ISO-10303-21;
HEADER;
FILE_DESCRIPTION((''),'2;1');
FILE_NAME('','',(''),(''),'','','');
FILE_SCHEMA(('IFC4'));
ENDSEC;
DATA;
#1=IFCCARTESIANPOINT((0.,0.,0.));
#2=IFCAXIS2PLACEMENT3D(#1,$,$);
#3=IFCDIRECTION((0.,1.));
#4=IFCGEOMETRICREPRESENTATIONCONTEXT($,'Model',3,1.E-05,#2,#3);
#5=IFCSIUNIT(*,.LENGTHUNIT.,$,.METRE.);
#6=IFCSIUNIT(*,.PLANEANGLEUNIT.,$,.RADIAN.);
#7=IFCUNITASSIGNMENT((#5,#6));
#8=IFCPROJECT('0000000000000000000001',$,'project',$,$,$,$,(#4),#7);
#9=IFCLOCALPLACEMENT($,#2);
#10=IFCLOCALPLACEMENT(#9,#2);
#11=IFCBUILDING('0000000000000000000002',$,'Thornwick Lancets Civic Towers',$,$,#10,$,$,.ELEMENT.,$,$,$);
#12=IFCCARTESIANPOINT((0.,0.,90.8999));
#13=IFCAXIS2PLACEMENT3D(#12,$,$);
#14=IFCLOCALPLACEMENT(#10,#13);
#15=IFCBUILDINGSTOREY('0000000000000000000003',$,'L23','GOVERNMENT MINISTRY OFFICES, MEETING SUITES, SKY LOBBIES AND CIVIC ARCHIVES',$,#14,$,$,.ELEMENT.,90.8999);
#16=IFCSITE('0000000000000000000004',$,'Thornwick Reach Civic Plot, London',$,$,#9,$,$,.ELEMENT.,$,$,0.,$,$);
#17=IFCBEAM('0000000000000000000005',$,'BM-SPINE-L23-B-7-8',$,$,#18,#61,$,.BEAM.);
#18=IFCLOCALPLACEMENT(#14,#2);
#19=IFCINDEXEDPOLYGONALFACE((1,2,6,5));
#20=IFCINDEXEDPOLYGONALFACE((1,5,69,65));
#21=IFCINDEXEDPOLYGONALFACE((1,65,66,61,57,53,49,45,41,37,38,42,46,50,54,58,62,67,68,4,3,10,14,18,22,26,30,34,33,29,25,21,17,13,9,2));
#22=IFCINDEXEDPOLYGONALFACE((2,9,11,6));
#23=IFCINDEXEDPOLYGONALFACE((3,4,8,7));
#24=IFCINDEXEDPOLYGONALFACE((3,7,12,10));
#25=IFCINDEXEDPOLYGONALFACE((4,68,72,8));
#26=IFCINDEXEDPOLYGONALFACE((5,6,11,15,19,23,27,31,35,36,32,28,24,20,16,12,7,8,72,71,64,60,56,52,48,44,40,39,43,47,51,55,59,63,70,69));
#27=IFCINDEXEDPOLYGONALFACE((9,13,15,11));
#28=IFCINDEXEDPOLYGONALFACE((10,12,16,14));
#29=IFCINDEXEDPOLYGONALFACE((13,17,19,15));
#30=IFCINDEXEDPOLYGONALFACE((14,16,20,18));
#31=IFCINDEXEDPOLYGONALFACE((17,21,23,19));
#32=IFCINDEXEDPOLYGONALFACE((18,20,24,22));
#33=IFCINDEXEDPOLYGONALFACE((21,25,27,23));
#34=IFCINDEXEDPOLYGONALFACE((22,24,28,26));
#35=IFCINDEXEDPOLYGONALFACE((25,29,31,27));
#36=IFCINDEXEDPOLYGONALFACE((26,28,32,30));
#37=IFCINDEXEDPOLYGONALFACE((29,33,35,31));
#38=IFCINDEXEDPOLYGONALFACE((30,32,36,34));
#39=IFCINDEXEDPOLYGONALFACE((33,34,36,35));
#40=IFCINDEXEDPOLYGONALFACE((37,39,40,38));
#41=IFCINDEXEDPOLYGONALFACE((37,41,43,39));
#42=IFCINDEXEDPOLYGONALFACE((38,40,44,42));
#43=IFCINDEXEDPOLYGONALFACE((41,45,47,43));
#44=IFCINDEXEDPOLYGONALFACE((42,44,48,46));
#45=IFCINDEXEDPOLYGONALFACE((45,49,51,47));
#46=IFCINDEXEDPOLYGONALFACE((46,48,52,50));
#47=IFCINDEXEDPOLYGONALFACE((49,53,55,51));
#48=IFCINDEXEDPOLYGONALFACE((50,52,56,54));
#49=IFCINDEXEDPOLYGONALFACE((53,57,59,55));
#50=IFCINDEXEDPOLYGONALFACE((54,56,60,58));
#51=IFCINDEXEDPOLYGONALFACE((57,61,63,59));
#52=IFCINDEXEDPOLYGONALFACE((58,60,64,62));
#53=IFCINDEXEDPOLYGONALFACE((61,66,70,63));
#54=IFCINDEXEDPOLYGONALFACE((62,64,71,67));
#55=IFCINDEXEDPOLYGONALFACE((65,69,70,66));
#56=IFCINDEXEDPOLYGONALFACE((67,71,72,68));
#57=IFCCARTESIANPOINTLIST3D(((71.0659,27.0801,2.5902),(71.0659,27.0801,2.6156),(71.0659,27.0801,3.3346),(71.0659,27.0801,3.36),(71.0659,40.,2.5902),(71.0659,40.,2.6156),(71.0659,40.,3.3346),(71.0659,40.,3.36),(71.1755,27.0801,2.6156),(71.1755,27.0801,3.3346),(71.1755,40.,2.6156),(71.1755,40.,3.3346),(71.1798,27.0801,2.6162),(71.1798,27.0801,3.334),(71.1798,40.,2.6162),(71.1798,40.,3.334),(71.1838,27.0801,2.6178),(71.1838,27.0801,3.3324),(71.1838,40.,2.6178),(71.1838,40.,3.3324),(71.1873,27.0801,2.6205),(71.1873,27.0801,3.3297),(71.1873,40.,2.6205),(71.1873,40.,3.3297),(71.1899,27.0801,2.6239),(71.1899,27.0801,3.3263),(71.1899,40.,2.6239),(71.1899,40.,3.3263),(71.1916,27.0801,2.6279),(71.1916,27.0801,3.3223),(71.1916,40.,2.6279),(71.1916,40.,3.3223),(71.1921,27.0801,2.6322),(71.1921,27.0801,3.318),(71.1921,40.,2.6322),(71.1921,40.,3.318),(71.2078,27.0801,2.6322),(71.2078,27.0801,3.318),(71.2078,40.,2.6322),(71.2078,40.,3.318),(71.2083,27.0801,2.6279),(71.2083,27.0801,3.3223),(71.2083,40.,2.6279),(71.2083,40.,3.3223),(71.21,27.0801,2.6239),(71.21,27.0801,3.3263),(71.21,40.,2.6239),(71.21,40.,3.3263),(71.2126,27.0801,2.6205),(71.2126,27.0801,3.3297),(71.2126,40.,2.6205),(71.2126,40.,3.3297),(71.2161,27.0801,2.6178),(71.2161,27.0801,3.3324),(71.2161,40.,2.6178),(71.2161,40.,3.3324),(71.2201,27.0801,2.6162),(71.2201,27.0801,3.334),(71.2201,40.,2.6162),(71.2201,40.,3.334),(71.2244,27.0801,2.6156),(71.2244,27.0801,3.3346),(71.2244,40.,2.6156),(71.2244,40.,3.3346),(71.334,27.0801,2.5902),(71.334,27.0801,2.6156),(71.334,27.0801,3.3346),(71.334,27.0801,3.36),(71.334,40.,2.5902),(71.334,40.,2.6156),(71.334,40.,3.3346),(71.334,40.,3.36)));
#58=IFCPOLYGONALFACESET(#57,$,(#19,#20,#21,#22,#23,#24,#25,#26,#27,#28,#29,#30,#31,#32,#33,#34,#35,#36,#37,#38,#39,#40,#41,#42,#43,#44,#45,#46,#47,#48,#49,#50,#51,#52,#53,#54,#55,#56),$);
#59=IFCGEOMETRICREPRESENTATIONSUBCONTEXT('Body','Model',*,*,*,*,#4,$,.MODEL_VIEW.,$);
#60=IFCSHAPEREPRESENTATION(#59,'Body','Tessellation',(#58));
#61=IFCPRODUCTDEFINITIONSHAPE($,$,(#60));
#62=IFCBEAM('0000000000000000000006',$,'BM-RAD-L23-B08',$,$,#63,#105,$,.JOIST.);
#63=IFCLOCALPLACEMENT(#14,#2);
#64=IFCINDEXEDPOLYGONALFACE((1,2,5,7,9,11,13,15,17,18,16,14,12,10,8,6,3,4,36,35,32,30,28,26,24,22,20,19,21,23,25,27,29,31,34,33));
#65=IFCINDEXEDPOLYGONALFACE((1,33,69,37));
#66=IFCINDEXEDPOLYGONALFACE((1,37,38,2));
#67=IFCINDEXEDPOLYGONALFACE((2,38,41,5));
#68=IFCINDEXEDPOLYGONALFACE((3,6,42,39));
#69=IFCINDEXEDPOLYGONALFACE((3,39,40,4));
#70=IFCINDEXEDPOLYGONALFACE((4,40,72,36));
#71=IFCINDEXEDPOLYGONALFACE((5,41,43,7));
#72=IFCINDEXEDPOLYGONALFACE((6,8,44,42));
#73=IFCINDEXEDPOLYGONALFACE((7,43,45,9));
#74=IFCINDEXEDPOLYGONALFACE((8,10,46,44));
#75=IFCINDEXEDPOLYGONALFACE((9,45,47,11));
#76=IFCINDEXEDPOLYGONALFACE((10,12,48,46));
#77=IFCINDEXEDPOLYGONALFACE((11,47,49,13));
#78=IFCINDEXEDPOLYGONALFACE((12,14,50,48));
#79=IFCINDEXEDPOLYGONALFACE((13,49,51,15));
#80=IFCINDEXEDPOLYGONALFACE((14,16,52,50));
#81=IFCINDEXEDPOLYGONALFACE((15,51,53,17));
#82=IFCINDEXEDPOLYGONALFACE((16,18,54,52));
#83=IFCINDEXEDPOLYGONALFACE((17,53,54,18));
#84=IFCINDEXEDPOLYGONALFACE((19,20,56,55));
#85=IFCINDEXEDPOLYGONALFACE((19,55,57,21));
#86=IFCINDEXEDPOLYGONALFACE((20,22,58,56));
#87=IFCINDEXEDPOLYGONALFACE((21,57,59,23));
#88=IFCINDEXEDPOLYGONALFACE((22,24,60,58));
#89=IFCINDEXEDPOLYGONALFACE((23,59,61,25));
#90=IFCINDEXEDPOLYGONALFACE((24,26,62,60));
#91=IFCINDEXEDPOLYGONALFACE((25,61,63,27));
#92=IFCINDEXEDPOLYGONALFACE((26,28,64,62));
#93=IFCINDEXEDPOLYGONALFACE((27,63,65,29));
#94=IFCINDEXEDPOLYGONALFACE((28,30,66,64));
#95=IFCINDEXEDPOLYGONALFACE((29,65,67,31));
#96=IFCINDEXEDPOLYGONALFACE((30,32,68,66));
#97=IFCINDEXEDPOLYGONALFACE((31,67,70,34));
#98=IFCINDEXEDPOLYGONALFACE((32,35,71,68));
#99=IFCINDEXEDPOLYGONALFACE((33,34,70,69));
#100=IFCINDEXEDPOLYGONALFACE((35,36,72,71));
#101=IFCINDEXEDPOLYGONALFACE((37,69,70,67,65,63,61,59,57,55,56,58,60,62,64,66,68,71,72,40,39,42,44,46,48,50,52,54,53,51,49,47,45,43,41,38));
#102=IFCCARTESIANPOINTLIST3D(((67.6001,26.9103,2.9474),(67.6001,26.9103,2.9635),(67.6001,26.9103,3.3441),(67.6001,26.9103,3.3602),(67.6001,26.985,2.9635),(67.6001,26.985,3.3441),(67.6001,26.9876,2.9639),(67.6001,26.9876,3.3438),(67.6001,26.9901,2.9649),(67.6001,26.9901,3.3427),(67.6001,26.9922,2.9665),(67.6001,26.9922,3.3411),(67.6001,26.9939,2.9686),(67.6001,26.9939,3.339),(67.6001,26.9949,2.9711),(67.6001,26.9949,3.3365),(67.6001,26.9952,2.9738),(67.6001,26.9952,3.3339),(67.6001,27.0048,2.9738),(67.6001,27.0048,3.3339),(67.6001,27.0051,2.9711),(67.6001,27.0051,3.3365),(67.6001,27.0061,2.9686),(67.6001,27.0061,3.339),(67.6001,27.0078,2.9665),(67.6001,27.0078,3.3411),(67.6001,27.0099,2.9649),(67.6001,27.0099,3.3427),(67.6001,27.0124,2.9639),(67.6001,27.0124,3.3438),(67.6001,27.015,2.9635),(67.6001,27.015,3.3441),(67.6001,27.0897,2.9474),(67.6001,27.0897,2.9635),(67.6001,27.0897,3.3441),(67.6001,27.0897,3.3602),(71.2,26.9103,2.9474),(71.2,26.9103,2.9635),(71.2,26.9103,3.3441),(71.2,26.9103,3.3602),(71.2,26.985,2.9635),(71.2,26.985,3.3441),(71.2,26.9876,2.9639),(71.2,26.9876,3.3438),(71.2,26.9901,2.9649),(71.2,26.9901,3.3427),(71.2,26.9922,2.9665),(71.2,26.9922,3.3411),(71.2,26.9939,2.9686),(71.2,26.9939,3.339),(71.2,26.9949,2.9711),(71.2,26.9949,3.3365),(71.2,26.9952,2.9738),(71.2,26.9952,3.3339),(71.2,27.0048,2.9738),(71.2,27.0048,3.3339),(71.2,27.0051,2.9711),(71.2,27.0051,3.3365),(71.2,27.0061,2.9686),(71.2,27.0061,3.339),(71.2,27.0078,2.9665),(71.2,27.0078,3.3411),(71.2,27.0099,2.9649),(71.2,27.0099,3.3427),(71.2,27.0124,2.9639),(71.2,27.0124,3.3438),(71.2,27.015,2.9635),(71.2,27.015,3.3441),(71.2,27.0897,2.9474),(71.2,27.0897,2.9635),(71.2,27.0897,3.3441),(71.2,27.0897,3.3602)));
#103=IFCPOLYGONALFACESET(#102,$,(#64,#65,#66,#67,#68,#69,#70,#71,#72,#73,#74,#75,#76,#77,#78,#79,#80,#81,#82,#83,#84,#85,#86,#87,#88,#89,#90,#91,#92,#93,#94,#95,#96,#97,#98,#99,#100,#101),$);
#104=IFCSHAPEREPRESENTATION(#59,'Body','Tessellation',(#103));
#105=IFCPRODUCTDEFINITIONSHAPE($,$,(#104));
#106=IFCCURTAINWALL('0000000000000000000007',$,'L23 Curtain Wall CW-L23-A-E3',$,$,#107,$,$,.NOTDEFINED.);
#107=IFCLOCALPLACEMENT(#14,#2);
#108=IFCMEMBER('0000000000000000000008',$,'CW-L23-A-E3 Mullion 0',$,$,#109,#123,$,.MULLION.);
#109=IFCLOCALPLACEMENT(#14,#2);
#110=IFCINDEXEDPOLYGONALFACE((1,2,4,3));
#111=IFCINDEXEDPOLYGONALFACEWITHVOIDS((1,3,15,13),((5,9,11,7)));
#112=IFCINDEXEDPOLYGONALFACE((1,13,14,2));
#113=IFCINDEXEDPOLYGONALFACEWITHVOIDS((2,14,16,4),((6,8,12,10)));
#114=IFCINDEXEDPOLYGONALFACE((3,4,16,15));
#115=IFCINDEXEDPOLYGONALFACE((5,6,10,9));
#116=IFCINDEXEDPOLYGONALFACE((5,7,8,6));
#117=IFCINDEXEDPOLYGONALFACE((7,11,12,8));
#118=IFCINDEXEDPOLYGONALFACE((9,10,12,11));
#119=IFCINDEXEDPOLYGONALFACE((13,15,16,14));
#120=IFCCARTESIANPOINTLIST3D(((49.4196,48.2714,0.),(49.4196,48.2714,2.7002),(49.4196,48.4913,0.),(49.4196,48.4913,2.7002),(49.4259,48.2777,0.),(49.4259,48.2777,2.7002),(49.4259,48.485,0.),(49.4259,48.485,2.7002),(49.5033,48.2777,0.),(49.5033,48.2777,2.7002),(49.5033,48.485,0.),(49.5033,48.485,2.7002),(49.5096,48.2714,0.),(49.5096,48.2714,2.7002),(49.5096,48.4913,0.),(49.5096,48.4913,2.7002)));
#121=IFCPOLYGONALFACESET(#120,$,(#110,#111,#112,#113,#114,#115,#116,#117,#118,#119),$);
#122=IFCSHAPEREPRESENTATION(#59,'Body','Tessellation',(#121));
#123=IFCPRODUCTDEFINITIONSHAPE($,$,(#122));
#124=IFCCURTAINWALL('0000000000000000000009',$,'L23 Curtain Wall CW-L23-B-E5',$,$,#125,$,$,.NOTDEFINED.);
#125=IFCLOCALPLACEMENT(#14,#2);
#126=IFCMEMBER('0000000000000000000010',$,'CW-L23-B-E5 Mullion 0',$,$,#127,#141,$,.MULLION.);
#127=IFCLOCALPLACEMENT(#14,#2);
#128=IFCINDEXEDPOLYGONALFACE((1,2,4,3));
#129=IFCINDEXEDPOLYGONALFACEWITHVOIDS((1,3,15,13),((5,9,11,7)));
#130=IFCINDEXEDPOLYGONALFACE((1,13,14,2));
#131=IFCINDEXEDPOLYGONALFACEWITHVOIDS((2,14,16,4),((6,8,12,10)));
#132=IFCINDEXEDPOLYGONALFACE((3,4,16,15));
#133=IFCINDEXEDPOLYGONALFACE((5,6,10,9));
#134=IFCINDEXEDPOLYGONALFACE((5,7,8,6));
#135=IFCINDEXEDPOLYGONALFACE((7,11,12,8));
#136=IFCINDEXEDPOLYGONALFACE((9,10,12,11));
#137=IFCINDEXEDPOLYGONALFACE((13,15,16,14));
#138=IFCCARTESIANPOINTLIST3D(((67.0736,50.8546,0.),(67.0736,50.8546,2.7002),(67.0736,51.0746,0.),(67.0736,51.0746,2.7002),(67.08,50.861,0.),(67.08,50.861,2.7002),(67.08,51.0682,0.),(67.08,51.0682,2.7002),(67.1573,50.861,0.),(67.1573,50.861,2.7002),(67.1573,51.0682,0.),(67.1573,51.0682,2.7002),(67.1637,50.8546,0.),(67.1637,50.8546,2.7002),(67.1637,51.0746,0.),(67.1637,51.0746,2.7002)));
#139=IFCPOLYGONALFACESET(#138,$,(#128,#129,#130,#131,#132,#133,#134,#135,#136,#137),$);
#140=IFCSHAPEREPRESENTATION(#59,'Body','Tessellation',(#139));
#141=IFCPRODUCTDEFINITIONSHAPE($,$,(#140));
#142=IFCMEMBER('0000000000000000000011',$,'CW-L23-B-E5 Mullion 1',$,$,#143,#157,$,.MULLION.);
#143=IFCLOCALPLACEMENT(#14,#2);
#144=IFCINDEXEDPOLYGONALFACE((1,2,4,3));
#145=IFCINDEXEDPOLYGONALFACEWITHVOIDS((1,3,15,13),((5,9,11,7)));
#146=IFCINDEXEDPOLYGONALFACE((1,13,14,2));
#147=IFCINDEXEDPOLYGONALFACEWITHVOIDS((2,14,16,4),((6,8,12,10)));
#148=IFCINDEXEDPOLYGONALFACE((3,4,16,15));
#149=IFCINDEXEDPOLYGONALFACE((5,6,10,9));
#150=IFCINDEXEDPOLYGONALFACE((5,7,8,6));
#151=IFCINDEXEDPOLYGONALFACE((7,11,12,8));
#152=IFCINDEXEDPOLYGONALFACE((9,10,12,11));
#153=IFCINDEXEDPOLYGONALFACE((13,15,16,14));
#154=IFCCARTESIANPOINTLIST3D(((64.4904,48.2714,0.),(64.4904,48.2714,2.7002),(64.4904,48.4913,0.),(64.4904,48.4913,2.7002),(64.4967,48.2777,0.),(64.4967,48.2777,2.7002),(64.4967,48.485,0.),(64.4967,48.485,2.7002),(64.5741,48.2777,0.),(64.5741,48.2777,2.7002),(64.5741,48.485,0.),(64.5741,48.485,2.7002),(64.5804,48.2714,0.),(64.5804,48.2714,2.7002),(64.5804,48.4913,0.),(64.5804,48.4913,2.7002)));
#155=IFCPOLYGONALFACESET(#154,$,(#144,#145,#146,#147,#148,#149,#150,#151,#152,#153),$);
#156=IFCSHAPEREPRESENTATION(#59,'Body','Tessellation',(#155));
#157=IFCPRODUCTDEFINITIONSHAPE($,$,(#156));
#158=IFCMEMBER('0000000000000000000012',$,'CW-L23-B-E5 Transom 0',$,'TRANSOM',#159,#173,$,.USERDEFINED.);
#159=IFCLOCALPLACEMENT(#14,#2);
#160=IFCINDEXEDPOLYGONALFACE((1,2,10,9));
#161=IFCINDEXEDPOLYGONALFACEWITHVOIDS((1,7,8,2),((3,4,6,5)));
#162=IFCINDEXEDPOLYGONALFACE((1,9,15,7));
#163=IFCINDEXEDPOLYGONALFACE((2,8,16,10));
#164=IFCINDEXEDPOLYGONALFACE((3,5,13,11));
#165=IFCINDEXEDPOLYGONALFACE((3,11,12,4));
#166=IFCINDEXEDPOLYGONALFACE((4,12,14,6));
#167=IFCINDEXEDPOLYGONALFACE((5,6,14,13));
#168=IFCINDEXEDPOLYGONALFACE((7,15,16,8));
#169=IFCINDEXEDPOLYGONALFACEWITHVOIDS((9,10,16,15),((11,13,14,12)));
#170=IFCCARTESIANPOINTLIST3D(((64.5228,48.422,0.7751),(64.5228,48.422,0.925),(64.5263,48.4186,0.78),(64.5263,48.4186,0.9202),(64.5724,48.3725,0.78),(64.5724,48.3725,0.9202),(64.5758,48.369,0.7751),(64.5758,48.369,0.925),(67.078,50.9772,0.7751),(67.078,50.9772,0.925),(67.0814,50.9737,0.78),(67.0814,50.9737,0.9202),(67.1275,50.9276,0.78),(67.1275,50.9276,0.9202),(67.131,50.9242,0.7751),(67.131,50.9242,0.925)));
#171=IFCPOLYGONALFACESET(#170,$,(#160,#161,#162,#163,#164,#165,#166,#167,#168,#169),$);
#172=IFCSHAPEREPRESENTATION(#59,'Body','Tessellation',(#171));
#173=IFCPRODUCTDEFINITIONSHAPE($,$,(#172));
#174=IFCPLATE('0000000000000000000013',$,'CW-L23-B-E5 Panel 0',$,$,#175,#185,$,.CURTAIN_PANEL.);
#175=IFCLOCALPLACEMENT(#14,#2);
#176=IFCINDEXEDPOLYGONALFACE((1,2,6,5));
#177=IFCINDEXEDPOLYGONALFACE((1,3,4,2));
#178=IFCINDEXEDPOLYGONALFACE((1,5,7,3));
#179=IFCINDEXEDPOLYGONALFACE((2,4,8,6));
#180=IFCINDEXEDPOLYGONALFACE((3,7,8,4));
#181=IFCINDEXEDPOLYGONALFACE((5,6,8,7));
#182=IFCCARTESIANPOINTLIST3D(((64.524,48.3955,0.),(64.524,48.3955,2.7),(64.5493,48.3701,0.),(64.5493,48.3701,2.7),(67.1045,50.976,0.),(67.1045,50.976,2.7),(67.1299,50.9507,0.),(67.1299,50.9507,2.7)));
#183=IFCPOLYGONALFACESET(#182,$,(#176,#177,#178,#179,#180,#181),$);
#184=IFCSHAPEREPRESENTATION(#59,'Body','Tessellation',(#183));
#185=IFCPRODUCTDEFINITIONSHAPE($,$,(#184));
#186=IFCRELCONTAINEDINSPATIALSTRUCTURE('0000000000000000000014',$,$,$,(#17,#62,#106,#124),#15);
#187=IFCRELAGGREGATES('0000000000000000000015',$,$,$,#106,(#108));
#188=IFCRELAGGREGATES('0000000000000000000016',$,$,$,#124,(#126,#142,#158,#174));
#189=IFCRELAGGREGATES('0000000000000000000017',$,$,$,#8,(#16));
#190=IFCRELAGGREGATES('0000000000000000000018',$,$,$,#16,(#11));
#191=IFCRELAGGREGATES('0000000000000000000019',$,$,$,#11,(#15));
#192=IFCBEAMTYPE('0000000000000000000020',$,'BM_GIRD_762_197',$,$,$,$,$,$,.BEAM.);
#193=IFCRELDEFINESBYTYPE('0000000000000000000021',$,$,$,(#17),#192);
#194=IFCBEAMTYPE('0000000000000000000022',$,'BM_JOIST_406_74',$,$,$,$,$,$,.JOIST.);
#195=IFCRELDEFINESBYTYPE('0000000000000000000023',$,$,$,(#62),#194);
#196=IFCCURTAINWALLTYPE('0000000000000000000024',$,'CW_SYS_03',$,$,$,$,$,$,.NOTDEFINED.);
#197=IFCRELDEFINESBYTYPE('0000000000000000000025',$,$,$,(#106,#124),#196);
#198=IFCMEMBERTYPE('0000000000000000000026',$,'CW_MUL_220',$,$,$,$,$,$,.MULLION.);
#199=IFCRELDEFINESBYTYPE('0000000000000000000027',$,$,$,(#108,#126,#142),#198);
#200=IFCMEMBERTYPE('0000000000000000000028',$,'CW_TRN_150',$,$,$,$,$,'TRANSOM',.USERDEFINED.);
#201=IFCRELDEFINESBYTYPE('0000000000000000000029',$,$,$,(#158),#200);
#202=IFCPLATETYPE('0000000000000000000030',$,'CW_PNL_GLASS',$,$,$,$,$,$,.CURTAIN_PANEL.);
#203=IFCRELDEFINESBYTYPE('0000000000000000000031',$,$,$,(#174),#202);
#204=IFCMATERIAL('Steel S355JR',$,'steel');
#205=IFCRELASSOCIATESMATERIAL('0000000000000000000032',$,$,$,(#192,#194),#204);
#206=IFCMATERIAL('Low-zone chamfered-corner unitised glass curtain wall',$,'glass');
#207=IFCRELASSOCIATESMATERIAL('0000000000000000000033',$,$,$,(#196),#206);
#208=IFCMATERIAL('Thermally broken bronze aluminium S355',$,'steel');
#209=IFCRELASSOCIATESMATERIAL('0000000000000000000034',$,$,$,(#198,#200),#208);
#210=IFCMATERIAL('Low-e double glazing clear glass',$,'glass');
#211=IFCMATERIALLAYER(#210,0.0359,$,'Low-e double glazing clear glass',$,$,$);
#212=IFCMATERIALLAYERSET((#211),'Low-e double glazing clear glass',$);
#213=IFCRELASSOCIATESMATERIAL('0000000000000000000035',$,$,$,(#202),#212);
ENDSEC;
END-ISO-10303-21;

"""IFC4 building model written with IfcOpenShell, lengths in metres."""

from ifc_helpers import new_model, si_unit, direction, frame, origin, origin_2d, place, context, subcontext, project, spatial, rectangle, hollow_rectangle, i_section, extrude, material, layer, layer_set, material_profile, profile_set, type_object, element, aggregate, save


model = new_model("IFC4")

# Units and contexts
model_context = context("Model", 3, precision=1e-05, world=origin(), true_north=direction((0.0, 1.0)))
body_context = subcontext(model_context, "Body", "Model", "MODEL_VIEW")
ifc_project = project(units=[si_unit("LENGTHUNIT", "METRE"), si_unit("PLANEANGLEUNIT", "RADIAN")], contexts=[model_context])

# Site, building, storey
site_placement = place(None, origin())
site = spatial("IfcSite", under=ifc_project, at=site_placement, Name="Thornwick Reach Civic Plot, London", CompositionType="ELEMENT", RefElevation=0.0)
building_placement = place(site_placement, origin())
building = spatial("IfcBuilding", under=site, at=building_placement, Name="Thornwick Lancets Civic Towers", CompositionType="ELEMENT")
storey_placement = place(building_placement, frame((0.0, 0.0, 90.8999)))
storey = spatial("IfcBuildingStorey", under=building, at=storey_placement, Name="L23", Description="GOVERNMENT MINISTRY OFFICES, MEETING SUITES, SKY LOBBIES AND CIVIC ARCHIVES", CompositionType="ELEMENT", Elevation=90.8999)

# Beams
ifc_material_1 = material(Name="Steel S355JR", Category="steel")
ifc_material_profile_1 = material_profile(ifc_material_1, i_section(OverallWidth=0.2681, OverallDepth=0.7698, WebThickness=0.0156, FlangeThickness=0.0254, FilletRadius=0.0166, at=origin_2d()), Name="UKB 762x267x197")
ifc_profile_set_1 = profile_set([ifc_material_profile_1], Name="Steel S355JR")
beam_type_1 = type_object("IfcBeamType", Name="BM_GIRD_762_197", PredefinedType="BEAM", material=ifc_profile_set_1)
beam_1_placement = place(storey_placement, frame((71.2, 27.0801, 2.9751), z_axis=(0.0, 1.0, 0.0), x_axis=(-1.0, 0.0, 0.0)))
element("IfcBeam", 1, at=beam_1_placement, inside=storey, type_object=beam_type_1, Name="BM-SPINE-L23-B-7-8", PredefinedType="BEAM", context=body_context, shape_type="SweptSolid", body=[
    extrude(i_section(OverallWidth=0.2681, OverallDepth=0.7698, WebThickness=0.0156, FlangeThickness=0.0254, FilletRadius=0.0166, at=origin_2d()), origin(), (0.0, 0.0, 1.0), 12.9199),
])
ifc_material_profile_2 = material_profile(ifc_material_1, i_section(OverallWidth=0.1794, OverallDepth=0.4128, WebThickness=0.0095, FlangeThickness=0.0161, FilletRadius=0.0103, at=origin_2d()), Name="UKB 406x178x74")
ifc_profile_set_2 = profile_set([ifc_material_profile_2], Name="Steel S355JR")
beam_type_2 = type_object("IfcBeamType", Name="BM_JOIST_406_74", PredefinedType="JOIST", material=ifc_profile_set_2)
beam_2_placement = place(storey_placement, frame((71.2, 27.0, 3.1538), z_axis=(-1.0, 0.0, 0.0), x_axis=(0.0, -1.0, 0.0)))
element("IfcBeam", 2, at=beam_2_placement, inside=storey, type_object=beam_type_2, Name="BM-RAD-L23-B08", PredefinedType="JOIST", context=body_context, shape_type="SweptSolid", body=[
    extrude(i_section(OverallWidth=0.1794, OverallDepth=0.4128, WebThickness=0.0095, FlangeThickness=0.0161, FilletRadius=0.0103, at=origin_2d()), origin(), (0.0, 0.0, 1.0), 3.5999),
])

# Curtain wall, member
ifc_material_2 = material(Name="Low-zone chamfered-corner unitised glass curtain wall", Category="glass")
curtain_wall_type = type_object("IfcCurtainWallType", Name="CW_SYS_03", PredefinedType="NOTDEFINED", material=ifc_material_2)
curtain_wall_1_placement = place(storey_placement, origin())
curtain_wall_1 = element("IfcCurtainWall", 3, at=curtain_wall_1_placement, inside=storey, type_object=curtain_wall_type, Name="L23 Curtain Wall CW-L23-A-E3", PredefinedType="NOTDEFINED")
ifc_material_3 = material(Name="Thermally broken bronze aluminium S355", Category="steel")
ifc_material_profile_3 = material_profile(ifc_material_3, hollow_rectangle(XDim=0.0901, YDim=0.22, WallThickness=0.0063, at=origin_2d()), Name="RHS 220x90x6.3")
ifc_profile_set_3 = profile_set([ifc_material_profile_3], Name="Thermally broken bronze aluminium S355")
member_type_1 = type_object("IfcMemberType", Name="CW_MUL_220", PredefinedType="MULLION", material=ifc_profile_set_3)
member_1_placement = place(storey_placement, frame((49.4646, 48.3813, 0.0), z_axis=(0.0, 0.0, 1.0), x_axis=(1.0, 0.0, 0.0)))
member_1 = element("IfcMember", 4, at=member_1_placement, type_object=member_type_1, Name="CW-L23-A-E3 Mullion 0", PredefinedType="MULLION", context=body_context, shape_type="SweptSolid", body=[
    extrude(hollow_rectangle(XDim=0.0901, YDim=0.22, WallThickness=0.0063, at=origin_2d()), origin(), (0.0, 0.0, 1.0), 2.7002),
])
aggregate(curtain_wall_1, [member_1])

# Curtain wall, members, plate
curtain_wall_2_placement = place(storey_placement, origin())
curtain_wall_2 = element("IfcCurtainWall", 5, at=curtain_wall_2_placement, inside=storey, type_object=curtain_wall_type, Name="L23 Curtain Wall CW-L23-B-E5", PredefinedType="NOTDEFINED")
member_2_placement = place(storey_placement, frame((67.1187, 50.9646, 0.0), z_axis=(0.0, 0.0, 1.0), x_axis=(1.0, 0.0, 0.0)))
member_2 = element("IfcMember", 6, at=member_2_placement, type_object=member_type_1, Name="CW-L23-B-E5 Mullion 0", PredefinedType="MULLION", context=body_context, shape_type="SweptSolid", body=[
    extrude(hollow_rectangle(XDim=0.0901, YDim=0.22, WallThickness=0.0063, at=origin_2d()), origin(), (0.0, 0.0, 1.0), 2.7002),
])
member_3_placement = place(storey_placement, frame((64.5354, 48.3813, 0.0), z_axis=(0.0, 0.0, 1.0), x_axis=(1.0, 0.0, 0.0)))
member_3 = element("IfcMember", 7, at=member_3_placement, type_object=member_type_1, Name="CW-L23-B-E5 Mullion 1", PredefinedType="MULLION", context=body_context, shape_type="SweptSolid", body=[
    extrude(hollow_rectangle(XDim=0.0901, YDim=0.22, WallThickness=0.0063, at=origin_2d()), origin(), (0.0, 0.0, 1.0), 2.7002),
])
ifc_material_profile_4 = material_profile(ifc_material_3, hollow_rectangle(XDim=0.075, YDim=0.1499, WallThickness=0.0049, at=origin_2d()), Name="RHS 150x75x5")
ifc_profile_set_4 = profile_set([ifc_material_profile_4], Name="Thermally broken bronze aluminium S355")
member_type_2 = type_object("IfcMemberType", Name="CW_TRN_150", ElementType="TRANSOM", PredefinedType="USERDEFINED", material=ifc_profile_set_4)
member_4_placement = place(storey_placement, frame((67.1045, 50.9507, 0.8501), z_axis=(-0.707107, -0.707107, 0.0), x_axis=(0.707107, -0.707107, 0.0)))
member_4 = element("IfcMember", 8, at=member_4_placement, type_object=member_type_2, Name="CW-L23-B-E5 Transom 0", ObjectType="TRANSOM", PredefinedType="USERDEFINED", context=body_context, shape_type="SweptSolid", body=[
    extrude(hollow_rectangle(XDim=0.075, YDim=0.1499, WallThickness=0.0049, at=origin_2d()), origin(), (0.0, 0.0, 1.0), 3.6135),
])
ifc_material_4 = material(Name="Low-e double glazing clear glass", Category="glass")
ifc_layer_1 = layer(ifc_material_4, 0.0359, Name="Low-e double glazing clear glass")
ifc_layer_set_1 = layer_set([ifc_layer_1], Name="Low-e double glazing clear glass")
plate_type = type_object("IfcPlateType", Name="CW_PNL_GLASS", PredefinedType="CURTAIN_PANEL", material=ifc_layer_set_1)
plate_placement = place(storey_placement, frame((65.8269, 49.6731, 0.0), z_axis=(0.0, 0.0, 1.0), x_axis=(-0.707107, -0.707107, 0.0)))
plate = element("IfcPlate", 9, at=plate_placement, type_object=plate_type, Name="CW-L23-B-E5 Panel 0", PredefinedType="CURTAIN_PANEL", context=body_context, shape_type="SweptSolid", body=[
    extrude(rectangle(XDim=3.6494, YDim=0.0359, at=origin_2d()), origin(), (0.0, 0.0, 1.0), 2.7),
])
aggregate(curtain_wall_2, [member_2, member_3, member_4, plate])

save(model, "model.ifc")
